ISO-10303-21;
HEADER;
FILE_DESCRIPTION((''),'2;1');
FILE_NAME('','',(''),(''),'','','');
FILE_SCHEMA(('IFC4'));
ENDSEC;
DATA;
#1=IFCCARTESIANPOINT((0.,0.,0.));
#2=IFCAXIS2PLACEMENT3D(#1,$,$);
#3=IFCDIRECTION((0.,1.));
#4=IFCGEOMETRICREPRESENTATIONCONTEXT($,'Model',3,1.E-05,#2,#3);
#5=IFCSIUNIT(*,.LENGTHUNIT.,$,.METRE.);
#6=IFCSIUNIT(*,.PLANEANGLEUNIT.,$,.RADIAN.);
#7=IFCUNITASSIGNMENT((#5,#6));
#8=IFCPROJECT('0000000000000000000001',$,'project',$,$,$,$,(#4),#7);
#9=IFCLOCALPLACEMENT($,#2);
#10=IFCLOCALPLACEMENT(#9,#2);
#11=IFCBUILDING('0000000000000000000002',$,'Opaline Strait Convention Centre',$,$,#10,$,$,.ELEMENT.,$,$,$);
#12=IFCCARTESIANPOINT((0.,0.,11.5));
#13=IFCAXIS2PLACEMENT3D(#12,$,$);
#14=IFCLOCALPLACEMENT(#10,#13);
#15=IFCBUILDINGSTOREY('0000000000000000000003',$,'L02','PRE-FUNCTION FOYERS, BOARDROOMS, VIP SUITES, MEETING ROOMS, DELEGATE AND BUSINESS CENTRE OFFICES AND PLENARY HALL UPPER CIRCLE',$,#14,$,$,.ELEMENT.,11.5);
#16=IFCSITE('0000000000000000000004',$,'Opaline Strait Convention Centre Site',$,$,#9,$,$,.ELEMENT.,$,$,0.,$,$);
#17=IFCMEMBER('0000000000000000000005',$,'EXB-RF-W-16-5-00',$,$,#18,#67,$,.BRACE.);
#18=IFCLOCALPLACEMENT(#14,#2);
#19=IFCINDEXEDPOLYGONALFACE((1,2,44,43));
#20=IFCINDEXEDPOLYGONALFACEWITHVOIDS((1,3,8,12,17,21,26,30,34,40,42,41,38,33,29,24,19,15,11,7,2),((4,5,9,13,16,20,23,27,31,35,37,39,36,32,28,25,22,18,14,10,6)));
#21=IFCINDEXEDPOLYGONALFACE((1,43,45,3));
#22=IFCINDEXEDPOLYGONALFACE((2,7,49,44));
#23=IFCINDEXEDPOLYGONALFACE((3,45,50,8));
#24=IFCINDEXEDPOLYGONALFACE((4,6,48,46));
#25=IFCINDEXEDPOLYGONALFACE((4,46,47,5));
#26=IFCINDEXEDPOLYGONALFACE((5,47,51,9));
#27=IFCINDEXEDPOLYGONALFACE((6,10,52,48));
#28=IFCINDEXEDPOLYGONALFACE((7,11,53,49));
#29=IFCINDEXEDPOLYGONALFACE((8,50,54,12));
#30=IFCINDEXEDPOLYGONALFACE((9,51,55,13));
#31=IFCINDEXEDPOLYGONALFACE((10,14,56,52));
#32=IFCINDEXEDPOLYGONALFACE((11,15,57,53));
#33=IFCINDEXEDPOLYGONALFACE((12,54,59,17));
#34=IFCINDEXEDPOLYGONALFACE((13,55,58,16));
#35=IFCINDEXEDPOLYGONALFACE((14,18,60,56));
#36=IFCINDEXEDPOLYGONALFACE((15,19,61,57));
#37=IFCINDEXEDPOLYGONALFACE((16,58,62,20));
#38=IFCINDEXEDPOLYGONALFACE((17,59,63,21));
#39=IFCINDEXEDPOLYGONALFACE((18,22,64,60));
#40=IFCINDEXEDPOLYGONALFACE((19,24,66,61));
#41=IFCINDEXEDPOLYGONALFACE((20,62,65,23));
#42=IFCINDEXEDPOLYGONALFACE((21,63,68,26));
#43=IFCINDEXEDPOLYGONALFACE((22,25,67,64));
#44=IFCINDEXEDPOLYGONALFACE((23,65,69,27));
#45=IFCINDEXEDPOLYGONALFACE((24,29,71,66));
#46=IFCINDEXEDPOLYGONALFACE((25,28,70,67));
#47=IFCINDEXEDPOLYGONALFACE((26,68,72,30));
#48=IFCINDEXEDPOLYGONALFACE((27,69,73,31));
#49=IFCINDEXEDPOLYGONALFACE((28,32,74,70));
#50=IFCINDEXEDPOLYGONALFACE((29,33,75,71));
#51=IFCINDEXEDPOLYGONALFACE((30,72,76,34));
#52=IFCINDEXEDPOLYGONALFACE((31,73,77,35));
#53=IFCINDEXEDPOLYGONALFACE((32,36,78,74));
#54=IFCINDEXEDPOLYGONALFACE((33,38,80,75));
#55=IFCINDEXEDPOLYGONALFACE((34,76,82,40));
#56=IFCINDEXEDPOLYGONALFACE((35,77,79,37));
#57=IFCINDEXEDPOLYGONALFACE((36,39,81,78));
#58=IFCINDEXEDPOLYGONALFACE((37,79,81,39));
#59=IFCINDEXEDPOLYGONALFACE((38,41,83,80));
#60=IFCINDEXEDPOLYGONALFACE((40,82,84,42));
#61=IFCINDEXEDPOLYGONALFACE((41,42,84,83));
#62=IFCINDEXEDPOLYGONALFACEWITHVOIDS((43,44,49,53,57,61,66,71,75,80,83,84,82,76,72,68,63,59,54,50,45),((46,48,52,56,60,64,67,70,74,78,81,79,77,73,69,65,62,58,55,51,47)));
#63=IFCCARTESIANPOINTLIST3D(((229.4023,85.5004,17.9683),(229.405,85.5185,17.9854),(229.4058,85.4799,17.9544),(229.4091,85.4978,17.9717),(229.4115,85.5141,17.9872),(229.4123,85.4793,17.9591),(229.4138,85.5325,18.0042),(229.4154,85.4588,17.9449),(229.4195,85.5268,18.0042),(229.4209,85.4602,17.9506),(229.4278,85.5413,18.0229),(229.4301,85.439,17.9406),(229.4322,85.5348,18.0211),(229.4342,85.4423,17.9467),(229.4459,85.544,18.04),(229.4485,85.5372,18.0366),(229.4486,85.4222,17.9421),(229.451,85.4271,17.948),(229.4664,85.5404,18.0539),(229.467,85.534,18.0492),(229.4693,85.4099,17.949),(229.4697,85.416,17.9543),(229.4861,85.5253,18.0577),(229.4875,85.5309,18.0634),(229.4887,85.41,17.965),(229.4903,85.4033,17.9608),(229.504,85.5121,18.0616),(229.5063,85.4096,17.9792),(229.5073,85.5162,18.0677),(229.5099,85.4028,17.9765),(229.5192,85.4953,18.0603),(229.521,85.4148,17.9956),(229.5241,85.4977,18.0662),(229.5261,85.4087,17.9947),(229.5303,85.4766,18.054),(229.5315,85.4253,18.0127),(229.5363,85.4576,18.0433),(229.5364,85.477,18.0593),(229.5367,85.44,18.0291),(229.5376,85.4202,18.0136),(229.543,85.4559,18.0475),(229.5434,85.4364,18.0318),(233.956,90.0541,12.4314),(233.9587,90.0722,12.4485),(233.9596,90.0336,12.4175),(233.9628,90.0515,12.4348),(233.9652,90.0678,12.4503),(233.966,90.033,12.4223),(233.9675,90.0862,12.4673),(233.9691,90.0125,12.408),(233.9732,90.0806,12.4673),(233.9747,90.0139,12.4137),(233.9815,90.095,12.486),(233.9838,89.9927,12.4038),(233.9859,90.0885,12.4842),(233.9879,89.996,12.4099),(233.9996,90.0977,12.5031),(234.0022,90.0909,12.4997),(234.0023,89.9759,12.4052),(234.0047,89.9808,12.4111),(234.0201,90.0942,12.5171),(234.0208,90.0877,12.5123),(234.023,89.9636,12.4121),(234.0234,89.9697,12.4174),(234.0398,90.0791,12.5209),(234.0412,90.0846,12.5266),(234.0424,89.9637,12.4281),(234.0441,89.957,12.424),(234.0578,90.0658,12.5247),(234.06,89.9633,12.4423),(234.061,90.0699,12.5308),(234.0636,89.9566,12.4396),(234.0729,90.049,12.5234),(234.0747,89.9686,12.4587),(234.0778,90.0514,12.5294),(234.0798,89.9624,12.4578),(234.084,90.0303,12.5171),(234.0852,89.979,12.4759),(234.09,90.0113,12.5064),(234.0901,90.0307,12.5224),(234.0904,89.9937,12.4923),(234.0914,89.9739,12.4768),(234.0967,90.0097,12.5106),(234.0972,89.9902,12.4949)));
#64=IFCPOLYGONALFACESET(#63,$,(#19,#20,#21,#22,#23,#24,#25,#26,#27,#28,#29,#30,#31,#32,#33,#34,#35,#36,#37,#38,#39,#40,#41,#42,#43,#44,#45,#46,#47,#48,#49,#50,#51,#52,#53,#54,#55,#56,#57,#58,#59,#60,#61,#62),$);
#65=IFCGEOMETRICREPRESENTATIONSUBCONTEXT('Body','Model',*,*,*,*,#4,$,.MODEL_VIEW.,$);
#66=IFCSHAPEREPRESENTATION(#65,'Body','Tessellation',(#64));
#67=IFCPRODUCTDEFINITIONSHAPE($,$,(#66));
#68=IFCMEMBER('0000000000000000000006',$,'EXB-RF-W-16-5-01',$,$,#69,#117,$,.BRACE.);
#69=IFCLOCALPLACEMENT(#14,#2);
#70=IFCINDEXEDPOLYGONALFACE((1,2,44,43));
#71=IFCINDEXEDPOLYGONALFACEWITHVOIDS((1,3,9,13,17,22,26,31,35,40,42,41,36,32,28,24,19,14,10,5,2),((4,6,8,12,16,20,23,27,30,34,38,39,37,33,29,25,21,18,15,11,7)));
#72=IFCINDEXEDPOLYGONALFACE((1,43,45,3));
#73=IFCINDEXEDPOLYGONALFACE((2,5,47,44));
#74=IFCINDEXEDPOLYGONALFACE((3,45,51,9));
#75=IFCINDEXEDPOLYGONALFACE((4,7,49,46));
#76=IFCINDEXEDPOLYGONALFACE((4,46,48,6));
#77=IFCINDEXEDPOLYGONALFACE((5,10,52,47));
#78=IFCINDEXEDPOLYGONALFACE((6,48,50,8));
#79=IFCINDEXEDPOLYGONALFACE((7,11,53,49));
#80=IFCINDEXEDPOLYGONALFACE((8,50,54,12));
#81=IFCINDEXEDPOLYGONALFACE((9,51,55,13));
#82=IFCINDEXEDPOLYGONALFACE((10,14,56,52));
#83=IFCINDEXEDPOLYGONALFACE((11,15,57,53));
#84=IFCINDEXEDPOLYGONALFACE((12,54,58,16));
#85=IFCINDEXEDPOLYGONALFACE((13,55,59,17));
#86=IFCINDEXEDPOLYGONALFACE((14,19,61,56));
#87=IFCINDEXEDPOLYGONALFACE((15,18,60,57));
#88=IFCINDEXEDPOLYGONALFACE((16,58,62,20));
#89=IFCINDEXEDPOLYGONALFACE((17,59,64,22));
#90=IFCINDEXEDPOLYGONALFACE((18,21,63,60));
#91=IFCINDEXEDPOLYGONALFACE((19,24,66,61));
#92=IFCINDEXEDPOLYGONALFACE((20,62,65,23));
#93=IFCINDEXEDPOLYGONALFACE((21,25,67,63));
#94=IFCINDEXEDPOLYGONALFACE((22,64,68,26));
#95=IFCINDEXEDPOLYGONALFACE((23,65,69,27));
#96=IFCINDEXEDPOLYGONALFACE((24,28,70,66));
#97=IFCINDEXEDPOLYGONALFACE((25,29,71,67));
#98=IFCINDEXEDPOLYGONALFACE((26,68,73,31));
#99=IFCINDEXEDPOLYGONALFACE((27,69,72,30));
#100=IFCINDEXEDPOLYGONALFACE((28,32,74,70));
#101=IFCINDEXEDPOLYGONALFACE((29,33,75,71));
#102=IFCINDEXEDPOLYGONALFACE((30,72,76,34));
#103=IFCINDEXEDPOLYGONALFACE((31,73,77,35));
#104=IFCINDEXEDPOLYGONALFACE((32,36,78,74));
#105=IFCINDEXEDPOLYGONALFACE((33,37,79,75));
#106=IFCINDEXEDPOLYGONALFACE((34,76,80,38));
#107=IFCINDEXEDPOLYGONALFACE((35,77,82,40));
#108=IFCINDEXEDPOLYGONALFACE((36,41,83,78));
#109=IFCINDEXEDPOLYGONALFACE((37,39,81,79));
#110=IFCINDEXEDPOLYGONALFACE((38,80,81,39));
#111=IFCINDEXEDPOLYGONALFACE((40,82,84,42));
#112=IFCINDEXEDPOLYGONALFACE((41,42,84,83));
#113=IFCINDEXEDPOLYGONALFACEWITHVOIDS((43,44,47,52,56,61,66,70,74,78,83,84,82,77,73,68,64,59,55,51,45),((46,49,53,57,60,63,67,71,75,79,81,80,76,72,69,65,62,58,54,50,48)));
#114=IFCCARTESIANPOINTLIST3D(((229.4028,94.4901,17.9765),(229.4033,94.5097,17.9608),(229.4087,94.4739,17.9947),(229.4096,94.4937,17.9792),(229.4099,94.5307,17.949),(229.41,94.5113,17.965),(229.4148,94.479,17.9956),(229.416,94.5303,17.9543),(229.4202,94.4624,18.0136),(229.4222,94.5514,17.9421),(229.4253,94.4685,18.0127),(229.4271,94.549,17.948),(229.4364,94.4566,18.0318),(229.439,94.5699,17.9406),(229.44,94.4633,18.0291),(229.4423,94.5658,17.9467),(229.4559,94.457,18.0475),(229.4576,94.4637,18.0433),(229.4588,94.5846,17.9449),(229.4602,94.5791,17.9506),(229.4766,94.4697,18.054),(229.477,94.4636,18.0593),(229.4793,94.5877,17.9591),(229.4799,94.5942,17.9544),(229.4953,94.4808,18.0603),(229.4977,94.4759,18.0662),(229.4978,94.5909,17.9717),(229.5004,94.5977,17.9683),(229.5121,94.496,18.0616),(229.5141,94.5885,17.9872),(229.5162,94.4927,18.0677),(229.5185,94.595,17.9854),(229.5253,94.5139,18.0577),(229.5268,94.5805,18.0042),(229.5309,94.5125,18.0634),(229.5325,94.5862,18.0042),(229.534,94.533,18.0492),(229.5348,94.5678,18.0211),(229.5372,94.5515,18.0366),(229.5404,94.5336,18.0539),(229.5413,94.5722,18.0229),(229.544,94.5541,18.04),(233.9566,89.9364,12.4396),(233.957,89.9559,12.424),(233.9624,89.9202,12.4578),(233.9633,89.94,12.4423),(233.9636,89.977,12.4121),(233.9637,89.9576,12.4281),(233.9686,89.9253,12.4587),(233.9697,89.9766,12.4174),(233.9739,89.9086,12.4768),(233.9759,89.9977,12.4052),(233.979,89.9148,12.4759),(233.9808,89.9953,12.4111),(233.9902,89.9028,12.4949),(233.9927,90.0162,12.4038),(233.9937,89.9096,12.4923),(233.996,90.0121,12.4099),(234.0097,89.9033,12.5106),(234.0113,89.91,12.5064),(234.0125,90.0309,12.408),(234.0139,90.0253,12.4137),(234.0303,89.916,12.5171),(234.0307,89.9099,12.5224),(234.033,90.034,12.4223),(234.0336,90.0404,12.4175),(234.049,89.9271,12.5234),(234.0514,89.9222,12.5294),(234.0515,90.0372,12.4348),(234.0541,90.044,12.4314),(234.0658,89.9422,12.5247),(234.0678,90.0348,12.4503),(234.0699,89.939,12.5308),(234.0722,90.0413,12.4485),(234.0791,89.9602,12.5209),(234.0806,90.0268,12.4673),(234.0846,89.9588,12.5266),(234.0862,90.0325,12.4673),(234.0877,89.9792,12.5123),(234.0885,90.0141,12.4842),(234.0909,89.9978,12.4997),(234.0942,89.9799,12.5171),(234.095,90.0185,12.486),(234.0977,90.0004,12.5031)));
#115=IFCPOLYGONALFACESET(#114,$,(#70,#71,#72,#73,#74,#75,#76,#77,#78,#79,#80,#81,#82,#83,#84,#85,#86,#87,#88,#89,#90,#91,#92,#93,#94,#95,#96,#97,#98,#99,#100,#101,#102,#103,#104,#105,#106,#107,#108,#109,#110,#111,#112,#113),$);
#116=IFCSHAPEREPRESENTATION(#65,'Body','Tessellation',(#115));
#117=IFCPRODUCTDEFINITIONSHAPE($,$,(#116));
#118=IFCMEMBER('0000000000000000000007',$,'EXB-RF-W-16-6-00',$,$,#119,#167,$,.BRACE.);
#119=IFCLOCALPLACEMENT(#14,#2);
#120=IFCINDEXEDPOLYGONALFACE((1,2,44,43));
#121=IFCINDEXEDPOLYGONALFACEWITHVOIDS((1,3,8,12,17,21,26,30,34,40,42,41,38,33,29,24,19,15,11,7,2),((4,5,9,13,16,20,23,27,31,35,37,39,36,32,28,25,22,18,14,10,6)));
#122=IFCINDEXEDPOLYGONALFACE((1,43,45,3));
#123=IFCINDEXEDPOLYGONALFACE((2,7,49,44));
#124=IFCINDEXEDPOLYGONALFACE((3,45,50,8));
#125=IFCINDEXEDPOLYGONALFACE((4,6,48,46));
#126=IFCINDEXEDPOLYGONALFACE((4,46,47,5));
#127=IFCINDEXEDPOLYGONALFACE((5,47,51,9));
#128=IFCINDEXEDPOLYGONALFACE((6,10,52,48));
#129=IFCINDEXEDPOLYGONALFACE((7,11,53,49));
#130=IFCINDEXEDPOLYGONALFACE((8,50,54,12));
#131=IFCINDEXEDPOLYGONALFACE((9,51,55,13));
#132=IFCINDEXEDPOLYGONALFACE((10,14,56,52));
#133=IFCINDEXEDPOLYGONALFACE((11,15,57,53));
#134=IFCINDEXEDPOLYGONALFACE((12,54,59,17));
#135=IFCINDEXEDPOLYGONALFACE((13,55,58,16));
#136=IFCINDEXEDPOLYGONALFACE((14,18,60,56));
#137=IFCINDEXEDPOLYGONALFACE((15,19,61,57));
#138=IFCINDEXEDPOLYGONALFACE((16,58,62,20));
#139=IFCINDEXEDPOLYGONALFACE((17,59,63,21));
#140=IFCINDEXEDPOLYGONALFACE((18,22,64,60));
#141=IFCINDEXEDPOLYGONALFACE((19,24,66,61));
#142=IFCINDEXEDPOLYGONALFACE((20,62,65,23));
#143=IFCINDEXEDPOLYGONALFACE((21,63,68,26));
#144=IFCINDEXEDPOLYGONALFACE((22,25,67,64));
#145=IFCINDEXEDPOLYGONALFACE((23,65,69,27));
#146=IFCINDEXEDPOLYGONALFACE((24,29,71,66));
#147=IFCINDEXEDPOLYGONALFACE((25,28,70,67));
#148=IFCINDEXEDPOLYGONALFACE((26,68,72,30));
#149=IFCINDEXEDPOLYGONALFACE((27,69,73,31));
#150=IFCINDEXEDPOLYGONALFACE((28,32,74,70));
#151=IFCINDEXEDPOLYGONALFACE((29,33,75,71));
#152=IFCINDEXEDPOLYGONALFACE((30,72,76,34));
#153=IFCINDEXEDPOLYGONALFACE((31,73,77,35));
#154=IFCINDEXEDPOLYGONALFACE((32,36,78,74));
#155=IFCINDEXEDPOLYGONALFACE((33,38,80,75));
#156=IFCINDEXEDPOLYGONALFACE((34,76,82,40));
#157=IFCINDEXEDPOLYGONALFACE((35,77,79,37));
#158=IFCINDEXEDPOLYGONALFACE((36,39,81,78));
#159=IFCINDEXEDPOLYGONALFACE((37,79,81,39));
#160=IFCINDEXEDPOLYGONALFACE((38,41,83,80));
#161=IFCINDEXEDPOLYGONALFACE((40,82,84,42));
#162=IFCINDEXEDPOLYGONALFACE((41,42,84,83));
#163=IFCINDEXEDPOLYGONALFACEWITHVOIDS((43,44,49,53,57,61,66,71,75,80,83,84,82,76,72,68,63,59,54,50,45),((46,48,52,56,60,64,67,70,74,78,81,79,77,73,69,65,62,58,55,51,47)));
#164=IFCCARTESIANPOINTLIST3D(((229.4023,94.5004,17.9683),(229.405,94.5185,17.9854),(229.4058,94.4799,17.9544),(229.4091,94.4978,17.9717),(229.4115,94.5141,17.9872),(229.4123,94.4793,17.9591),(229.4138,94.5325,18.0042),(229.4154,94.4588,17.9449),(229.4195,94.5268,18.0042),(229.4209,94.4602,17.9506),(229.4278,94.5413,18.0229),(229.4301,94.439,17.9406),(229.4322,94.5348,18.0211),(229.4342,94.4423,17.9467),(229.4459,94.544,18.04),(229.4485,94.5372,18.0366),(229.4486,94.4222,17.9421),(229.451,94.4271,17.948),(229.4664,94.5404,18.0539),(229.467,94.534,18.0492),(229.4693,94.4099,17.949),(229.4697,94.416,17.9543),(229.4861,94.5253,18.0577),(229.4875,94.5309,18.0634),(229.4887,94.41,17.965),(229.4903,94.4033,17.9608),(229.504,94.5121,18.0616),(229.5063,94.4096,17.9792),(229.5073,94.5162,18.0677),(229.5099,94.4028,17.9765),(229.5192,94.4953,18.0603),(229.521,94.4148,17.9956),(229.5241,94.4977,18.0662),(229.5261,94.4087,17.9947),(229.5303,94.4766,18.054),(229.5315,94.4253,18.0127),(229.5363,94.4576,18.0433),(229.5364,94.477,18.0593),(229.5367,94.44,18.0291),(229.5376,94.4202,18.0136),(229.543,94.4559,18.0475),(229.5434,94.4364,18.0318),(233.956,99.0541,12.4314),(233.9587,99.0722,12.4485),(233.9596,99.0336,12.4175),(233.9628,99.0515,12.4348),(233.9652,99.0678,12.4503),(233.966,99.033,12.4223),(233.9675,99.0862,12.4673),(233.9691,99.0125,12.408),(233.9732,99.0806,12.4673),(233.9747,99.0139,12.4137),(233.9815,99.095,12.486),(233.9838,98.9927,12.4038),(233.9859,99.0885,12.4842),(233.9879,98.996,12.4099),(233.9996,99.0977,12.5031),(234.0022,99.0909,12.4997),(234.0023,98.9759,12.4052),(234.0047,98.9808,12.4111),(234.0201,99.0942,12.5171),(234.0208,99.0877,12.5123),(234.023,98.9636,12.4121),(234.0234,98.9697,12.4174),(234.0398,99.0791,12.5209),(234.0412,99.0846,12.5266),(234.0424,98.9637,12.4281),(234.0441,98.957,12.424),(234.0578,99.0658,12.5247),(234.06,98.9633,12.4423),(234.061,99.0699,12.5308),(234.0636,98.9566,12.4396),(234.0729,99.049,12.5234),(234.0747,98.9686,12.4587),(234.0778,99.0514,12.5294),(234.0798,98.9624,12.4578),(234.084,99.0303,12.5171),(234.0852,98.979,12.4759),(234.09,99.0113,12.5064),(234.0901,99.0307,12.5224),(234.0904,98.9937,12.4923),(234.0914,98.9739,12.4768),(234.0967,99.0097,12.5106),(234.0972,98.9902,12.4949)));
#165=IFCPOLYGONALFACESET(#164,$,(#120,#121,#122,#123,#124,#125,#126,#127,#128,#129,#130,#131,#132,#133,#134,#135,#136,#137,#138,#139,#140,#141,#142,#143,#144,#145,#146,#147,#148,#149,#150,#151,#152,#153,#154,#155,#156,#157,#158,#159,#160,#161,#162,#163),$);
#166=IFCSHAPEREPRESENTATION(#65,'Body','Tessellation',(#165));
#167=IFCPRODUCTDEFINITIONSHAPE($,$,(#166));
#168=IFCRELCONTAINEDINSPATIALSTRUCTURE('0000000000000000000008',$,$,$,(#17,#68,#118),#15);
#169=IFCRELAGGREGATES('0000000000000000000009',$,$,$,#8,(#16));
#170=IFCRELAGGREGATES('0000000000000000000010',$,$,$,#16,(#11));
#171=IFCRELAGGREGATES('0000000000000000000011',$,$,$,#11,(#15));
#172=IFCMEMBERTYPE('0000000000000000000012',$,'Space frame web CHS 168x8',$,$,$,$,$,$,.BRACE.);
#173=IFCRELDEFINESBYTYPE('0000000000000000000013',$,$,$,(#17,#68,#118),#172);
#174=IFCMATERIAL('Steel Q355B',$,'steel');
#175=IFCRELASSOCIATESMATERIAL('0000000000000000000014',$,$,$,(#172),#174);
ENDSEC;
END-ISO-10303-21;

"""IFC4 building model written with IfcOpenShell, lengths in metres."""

from ifc_helpers import new_model, si_unit, direction, frame, origin, origin_2d, place, context, subcontext, project, spatial, hollow_circle, extrude, material, material_profile, profile_set, type_object, element, save


model = new_model("IFC4")

# Units and contexts
model_context = context("Model", 3, precision=1e-05, world=origin(), true_north=direction((0.0, 1.0)))
body_context = subcontext(model_context, "Body", "Model", "MODEL_VIEW")
ifc_project = project(units=[si_unit("LENGTHUNIT", "METRE"), si_unit("PLANEANGLEUNIT", "RADIAN")], contexts=[model_context])

# Site, building, storey
site_placement = place(None, origin())
site = spatial("IfcSite", under=ifc_project, at=site_placement, Name="Opaline Strait Convention Centre Site", CompositionType="ELEMENT", RefElevation=0.0)
building_placement = place(site_placement, origin())
building = spatial("IfcBuilding", under=site, at=building_placement, Name="Opaline Strait Convention Centre", CompositionType="ELEMENT")
storey_placement = place(building_placement, frame((0.0, 0.0, 11.5)))
storey = spatial("IfcBuildingStorey", under=building, at=storey_placement, Name="L02", Description="PRE-FUNCTION FOYERS, BOARDROOMS, VIP SUITES, MEETING ROOMS, DELEGATE AND BUSINESS CENTRE OFFICES AND PLENARY HALL UPPER CIRCLE", CompositionType="ELEMENT", Elevation=11.5)

# Members
ifc_material = material(Name="Steel Q355B", Category="steel")
ifc_material_profile_1 = material_profile(ifc_material, hollow_circle(Radius=0.084, WallThickness=0.0081, at=origin_2d()), Name="CHS 168x8")
ifc_profile_set_1 = profile_set([ifc_material_profile_1], Name="Steel Q355B")
member_type_1 = type_object("IfcMemberType", Name="Space frame web CHS 168x8", PredefinedType="BRACE", material=ifc_profile_set_1)
for number, where, z_axis, x_axis, name in (
    (1, (229.4731, 85.4731, 18.0042), (0.536178, 0.536178, -0.65194), (-0.707107, 0.707107, 0.0), "EXB-RF-W-16-5-00"),
    (2, (229.4731, 94.5269, 18.0042), (0.536178, -0.536178, -0.65194), (0.707107, 0.707107, 0.0), "EXB-RF-W-16-5-01"),
    (3, (229.4731, 94.4731, 18.0042), (0.536178, 0.536178, -0.65194), (-0.707107, 0.707107, 0.0), "EXB-RF-W-16-6-00"),
):
    element("IfcMember", number, at=place(storey_placement, frame(where, z_axis=z_axis, x_axis=x_axis)), inside=storey, type_object=member_type_1, Name=name, PredefinedType="BRACE", context=body_context, shape_type="SweptSolid", body=[
        extrude(hollow_circle(Radius=0.084, WallThickness=0.0081, at=origin_2d()), origin(), (0.0, 0.0, 1.0), 8.4929),
    ])

save(model, "model.ifc")
